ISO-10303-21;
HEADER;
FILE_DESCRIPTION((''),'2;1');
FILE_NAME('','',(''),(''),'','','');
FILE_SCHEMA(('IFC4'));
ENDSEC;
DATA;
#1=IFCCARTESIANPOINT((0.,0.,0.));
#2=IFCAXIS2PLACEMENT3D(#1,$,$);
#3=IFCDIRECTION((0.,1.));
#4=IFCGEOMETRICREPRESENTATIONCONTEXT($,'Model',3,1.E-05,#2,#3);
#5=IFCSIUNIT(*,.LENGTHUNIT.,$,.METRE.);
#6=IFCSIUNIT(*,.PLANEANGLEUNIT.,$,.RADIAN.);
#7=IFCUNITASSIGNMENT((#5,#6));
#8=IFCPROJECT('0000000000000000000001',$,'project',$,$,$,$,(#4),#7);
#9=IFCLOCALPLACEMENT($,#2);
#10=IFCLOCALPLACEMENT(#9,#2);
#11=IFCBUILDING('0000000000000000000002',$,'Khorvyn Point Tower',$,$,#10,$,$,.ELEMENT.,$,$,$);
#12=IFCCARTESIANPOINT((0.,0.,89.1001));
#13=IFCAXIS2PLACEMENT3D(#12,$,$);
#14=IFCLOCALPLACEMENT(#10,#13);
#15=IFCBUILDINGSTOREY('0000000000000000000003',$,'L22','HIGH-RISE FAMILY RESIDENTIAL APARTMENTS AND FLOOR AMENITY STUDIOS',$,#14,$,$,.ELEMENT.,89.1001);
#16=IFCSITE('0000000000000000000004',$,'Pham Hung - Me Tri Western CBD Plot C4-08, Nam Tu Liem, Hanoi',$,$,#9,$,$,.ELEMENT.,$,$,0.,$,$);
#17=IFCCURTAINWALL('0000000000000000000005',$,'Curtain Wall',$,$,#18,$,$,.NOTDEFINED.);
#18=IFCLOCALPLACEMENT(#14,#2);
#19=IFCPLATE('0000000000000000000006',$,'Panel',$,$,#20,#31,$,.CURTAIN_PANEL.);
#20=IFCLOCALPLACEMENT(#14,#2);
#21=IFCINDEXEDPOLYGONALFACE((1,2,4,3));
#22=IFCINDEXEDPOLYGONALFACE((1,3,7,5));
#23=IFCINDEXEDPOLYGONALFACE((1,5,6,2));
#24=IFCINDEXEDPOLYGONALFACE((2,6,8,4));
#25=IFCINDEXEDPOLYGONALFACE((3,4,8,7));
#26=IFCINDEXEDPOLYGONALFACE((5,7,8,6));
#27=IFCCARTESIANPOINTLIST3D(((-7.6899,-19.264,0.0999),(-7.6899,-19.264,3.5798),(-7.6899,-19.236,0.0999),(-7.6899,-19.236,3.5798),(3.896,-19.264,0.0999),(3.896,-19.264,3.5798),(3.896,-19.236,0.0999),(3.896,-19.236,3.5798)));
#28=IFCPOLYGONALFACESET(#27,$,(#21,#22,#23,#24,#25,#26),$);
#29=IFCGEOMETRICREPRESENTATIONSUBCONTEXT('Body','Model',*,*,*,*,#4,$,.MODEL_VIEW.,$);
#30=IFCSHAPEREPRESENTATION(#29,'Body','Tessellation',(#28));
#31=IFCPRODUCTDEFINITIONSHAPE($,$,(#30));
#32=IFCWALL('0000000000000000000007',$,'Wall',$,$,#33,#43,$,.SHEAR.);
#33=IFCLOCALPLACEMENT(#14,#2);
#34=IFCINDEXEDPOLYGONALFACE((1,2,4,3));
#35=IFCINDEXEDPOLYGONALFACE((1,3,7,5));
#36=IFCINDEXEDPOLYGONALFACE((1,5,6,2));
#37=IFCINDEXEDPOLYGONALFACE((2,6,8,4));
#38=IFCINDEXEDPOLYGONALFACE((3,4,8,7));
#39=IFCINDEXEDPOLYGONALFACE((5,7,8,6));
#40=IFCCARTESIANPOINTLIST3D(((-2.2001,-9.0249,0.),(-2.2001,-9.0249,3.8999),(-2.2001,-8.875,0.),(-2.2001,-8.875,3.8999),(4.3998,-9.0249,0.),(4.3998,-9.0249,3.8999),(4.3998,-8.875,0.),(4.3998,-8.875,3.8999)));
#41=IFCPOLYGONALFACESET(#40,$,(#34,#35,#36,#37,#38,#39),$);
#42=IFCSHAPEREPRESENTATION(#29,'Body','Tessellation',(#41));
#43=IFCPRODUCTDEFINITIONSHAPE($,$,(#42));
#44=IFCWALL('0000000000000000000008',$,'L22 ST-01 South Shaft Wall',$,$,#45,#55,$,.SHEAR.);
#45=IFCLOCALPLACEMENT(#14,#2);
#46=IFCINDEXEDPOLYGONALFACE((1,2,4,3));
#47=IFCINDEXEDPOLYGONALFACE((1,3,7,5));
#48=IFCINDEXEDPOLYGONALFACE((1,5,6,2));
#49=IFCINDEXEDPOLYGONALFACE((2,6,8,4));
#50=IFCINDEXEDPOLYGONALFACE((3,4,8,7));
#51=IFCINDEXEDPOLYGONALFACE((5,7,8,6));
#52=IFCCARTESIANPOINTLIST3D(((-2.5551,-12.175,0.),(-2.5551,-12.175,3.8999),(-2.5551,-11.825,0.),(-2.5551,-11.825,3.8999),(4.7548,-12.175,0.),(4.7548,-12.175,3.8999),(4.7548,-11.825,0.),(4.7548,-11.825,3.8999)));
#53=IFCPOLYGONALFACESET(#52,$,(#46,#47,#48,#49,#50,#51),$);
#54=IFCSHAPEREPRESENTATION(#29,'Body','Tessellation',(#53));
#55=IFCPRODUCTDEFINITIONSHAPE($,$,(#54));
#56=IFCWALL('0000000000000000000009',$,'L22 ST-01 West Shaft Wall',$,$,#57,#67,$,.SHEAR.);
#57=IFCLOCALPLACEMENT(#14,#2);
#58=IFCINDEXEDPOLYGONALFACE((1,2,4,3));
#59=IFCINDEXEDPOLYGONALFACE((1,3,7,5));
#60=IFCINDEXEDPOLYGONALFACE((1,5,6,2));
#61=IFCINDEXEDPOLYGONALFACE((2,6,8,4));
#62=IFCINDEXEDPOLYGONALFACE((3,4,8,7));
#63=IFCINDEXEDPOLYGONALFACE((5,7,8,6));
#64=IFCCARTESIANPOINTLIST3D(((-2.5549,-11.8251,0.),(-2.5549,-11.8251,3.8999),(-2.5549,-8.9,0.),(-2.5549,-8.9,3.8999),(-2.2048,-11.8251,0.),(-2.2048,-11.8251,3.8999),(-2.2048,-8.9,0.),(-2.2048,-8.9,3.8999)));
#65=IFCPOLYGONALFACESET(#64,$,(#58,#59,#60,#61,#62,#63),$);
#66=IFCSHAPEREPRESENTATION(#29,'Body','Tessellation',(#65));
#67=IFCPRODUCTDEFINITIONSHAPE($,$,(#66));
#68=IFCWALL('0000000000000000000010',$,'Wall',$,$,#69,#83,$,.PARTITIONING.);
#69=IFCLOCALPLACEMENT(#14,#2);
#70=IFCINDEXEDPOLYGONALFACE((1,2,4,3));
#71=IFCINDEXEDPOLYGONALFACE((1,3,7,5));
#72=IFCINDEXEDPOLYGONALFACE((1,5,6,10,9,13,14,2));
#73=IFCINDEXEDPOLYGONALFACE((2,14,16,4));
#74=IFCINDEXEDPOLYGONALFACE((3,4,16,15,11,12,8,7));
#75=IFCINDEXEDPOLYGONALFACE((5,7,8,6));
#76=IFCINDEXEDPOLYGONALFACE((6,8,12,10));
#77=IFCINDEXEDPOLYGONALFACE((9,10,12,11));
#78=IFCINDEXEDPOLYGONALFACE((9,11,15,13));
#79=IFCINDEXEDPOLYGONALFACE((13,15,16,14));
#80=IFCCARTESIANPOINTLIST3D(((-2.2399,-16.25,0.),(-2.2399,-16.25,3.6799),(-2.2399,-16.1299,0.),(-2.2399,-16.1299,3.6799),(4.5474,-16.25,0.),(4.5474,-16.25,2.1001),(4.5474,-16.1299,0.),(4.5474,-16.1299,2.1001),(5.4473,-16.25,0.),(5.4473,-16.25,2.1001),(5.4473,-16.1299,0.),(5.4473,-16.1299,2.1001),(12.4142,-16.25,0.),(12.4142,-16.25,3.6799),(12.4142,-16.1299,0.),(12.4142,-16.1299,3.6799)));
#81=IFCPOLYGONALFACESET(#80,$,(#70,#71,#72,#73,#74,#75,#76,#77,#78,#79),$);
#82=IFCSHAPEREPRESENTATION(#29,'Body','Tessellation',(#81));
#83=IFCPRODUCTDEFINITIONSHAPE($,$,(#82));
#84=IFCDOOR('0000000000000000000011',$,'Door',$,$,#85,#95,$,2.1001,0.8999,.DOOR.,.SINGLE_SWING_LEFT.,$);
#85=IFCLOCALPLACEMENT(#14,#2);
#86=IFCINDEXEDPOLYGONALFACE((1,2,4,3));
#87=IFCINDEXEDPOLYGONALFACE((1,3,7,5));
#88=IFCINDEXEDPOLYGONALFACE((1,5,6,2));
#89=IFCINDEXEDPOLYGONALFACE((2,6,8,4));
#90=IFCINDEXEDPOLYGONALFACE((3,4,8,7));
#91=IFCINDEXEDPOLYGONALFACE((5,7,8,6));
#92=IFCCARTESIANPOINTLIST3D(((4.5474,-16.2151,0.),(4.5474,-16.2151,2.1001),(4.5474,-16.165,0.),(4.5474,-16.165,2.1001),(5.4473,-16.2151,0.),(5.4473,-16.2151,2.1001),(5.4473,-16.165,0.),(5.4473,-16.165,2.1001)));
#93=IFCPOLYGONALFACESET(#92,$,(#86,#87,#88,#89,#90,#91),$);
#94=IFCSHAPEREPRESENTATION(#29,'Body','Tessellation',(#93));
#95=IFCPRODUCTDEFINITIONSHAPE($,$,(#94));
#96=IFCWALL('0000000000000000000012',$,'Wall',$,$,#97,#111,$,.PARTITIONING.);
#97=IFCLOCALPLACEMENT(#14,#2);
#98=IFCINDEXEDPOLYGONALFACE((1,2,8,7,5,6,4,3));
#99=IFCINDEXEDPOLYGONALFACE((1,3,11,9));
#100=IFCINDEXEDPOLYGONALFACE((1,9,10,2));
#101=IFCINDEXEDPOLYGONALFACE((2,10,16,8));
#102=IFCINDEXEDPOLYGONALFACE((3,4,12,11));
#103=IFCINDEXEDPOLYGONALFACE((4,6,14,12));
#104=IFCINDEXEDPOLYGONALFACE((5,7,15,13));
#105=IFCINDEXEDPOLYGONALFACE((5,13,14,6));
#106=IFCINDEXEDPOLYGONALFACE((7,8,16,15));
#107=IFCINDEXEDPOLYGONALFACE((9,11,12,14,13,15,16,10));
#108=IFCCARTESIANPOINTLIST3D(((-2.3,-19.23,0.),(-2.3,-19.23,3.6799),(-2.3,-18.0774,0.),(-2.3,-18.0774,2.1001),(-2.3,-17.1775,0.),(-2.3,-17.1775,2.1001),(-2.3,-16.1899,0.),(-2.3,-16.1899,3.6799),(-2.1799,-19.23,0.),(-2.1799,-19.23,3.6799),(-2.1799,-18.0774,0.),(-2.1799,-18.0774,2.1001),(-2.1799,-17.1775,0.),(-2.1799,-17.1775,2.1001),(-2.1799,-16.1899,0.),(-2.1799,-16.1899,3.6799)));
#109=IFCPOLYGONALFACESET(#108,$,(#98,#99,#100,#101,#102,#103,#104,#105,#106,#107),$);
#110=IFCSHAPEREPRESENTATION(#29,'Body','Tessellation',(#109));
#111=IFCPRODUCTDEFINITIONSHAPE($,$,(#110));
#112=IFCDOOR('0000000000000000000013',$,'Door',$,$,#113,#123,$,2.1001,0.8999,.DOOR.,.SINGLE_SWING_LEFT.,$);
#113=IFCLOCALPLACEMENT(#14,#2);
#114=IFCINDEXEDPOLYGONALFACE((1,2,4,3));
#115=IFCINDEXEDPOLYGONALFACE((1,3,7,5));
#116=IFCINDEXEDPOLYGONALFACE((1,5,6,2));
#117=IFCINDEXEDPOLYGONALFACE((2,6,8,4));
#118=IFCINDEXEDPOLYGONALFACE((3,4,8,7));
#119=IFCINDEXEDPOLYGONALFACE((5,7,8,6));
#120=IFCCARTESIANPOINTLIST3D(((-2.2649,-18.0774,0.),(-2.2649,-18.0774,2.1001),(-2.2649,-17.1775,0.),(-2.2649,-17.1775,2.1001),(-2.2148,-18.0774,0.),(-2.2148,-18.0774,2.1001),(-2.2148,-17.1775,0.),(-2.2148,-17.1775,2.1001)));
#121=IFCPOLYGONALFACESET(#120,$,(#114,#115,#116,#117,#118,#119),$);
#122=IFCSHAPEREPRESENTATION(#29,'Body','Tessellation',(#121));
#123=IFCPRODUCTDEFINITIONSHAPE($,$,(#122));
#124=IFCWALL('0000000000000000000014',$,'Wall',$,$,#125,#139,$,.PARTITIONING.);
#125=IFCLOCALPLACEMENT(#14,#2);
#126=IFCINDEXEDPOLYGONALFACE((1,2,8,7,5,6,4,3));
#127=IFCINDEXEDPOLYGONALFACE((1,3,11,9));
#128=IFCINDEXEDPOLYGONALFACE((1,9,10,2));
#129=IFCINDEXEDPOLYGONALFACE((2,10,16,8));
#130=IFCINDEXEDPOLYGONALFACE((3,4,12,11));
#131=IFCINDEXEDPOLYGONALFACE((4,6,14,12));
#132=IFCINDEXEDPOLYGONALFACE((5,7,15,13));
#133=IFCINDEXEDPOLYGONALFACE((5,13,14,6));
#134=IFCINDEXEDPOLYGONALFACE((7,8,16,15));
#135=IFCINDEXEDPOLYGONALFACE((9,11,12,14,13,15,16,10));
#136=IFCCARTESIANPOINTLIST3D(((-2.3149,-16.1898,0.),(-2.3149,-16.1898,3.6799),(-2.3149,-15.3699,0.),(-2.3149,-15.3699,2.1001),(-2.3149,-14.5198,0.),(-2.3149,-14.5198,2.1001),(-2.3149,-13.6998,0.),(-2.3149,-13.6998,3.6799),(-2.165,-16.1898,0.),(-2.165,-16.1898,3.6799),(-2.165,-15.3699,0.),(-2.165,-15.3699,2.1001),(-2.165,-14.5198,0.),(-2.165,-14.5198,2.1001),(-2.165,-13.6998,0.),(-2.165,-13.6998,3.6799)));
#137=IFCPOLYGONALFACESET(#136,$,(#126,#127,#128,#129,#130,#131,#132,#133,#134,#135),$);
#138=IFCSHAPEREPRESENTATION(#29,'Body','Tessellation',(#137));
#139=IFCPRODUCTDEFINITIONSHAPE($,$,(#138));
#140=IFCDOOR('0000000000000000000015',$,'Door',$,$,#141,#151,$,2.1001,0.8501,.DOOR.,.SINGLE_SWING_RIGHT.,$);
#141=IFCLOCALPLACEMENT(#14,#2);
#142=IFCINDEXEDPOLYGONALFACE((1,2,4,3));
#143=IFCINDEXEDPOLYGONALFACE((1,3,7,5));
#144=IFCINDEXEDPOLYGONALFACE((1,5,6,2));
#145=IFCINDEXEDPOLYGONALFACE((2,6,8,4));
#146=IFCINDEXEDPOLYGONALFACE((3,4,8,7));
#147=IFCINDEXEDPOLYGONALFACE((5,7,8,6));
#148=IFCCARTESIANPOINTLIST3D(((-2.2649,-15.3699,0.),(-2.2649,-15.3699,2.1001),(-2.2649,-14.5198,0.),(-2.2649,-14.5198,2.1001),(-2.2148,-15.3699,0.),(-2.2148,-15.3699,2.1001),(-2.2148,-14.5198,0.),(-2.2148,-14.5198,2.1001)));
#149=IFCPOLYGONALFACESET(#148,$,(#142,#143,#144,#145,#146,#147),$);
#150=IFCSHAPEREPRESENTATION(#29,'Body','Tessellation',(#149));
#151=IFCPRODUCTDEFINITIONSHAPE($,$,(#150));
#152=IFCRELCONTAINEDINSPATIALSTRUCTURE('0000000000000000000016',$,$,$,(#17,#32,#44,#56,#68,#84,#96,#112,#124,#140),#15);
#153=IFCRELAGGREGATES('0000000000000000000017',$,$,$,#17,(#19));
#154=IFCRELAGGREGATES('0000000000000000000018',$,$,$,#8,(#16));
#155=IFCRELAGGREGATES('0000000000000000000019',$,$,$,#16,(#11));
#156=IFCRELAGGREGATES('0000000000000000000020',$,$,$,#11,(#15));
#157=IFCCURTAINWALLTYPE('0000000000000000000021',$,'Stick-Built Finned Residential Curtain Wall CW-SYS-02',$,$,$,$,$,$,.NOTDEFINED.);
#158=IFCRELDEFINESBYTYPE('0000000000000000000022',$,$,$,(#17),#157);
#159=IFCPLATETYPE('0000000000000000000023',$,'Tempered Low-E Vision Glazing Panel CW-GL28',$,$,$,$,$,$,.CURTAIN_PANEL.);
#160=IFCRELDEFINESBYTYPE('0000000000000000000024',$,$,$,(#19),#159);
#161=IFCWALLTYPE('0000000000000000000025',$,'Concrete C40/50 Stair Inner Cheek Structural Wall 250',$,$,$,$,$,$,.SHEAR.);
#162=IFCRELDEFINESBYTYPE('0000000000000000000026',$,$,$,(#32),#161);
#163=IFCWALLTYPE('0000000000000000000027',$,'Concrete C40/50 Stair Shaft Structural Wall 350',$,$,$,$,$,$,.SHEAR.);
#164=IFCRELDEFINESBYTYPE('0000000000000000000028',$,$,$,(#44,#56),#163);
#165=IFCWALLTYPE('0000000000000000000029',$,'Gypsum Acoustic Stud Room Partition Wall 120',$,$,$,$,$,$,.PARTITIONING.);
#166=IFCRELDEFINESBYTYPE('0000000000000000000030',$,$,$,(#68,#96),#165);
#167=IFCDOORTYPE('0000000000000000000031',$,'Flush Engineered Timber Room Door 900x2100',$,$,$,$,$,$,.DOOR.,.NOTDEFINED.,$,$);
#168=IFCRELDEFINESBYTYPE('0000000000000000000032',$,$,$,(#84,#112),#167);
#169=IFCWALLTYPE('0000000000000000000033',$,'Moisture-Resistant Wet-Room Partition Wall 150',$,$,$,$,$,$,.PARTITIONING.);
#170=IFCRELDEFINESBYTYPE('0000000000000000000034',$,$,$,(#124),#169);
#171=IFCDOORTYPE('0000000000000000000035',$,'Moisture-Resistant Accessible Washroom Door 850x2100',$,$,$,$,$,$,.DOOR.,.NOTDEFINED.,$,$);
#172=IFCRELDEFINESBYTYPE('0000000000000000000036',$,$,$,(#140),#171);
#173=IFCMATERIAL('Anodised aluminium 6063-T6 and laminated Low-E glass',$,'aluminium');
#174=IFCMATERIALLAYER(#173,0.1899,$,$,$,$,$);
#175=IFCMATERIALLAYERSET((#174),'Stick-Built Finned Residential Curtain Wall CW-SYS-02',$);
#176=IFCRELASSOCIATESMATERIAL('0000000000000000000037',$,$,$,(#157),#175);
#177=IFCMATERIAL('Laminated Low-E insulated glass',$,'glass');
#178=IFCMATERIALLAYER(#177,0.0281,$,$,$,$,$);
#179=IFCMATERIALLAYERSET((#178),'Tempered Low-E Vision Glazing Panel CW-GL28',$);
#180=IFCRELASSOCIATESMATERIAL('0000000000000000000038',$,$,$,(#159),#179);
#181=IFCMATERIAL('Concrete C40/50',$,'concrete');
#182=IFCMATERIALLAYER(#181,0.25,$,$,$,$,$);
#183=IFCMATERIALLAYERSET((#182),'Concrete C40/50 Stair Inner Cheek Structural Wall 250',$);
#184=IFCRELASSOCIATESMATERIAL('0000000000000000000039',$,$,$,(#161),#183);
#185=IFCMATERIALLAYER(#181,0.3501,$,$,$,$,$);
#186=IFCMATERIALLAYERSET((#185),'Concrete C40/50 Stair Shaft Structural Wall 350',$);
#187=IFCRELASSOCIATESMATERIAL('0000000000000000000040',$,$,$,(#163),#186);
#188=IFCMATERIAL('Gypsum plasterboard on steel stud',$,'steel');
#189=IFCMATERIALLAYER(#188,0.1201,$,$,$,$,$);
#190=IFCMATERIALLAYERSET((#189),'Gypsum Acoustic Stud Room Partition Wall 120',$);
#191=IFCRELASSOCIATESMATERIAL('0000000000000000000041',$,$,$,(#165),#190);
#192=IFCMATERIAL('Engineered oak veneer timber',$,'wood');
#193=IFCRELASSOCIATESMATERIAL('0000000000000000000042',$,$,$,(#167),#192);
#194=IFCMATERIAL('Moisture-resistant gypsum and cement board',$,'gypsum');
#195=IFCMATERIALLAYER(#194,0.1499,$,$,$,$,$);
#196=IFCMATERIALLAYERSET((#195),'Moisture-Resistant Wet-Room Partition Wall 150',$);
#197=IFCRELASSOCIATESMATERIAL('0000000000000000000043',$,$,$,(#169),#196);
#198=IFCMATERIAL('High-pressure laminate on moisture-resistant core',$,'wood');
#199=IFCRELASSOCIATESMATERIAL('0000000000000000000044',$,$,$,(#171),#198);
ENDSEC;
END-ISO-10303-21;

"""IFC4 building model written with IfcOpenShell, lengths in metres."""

from ifc_helpers import new_model, si_unit, direction, frame, frame_2d, origin, origin_2d, place, context, subcontext, project, spatial, rectangle, extrude, material, layer, layer_set, type_object, element, fill, aggregate, save


model = new_model("IFC4")

# Units and contexts
model_context = context("Model", 3, precision=1e-05, world=origin(), true_north=direction((0.0, 1.0)))
body_context = subcontext(model_context, "Body", "Model", "MODEL_VIEW")
ifc_project = project(units=[si_unit("LENGTHUNIT", "METRE"), si_unit("PLANEANGLEUNIT", "RADIAN")], contexts=[model_context])

# Site, building, storey
site_placement = place(None, origin())
site = spatial("IfcSite", under=ifc_project, at=site_placement, Name="Pham Hung - Me Tri Western CBD Plot C4-08, Nam Tu Liem, Hanoi", CompositionType="ELEMENT", RefElevation=0.0)
building_placement = place(site_placement, origin())
building = spatial("IfcBuilding", under=site, at=building_placement, Name="Khorvyn Point Tower", CompositionType="ELEMENT")
storey_placement = place(building_placement, frame((0.0, 0.0, 89.1001)))
storey = spatial("IfcBuildingStorey", under=building, at=storey_placement, Name="L22", Description="HIGH-RISE FAMILY RESIDENTIAL APARTMENTS AND FLOOR AMENITY STUDIOS", CompositionType="ELEMENT", Elevation=89.1001)

# Curtain wall
ifc_material_1 = material(Name="Anodised aluminium 6063-T6 and laminated Low-E glass", Category="aluminium")
ifc_layer_1 = layer(ifc_material_1, 0.1899)
ifc_layer_set_1 = layer_set([ifc_layer_1], Name="Stick-Built Finned Residential Curtain Wall CW-SYS-02")
curtain_wall_type = type_object("IfcCurtainWallType", Name="Stick-Built Finned Residential Curtain Wall CW-SYS-02", PredefinedType="NOTDEFINED", material=ifc_layer_set_1)
curtain_wall_placement = place(storey_placement, origin())
curtain_wall = element("IfcCurtainWall", 1, at=curtain_wall_placement, inside=storey, type_object=curtain_wall_type, Name="Curtain Wall", PredefinedType="NOTDEFINED")

# Plate
ifc_material_2 = material(Name="Laminated Low-E insulated glass", Category="glass")
ifc_layer_2 = layer(ifc_material_2, 0.0281)
ifc_layer_set_2 = layer_set([ifc_layer_2], Name="Tempered Low-E Vision Glazing Panel CW-GL28")
plate_type = type_object("IfcPlateType", Name="Tempered Low-E Vision Glazing Panel CW-GL28", PredefinedType="CURTAIN_PANEL", material=ifc_layer_set_2)
plate_1_placement = place(storey_placement, frame((-1.897, -19.25, 0.0999), z_axis=(0.0, 0.0, 1.0), x_axis=(-1.0, 0.0, 0.0)))
plate_1 = element("IfcPlate", 2, at=plate_1_placement, type_object=plate_type, Name="Panel", PredefinedType="CURTAIN_PANEL", context=body_context, shape_type="SweptSolid", body=[
    extrude(rectangle(XDim=11.5859, YDim=0.0281, at=origin_2d()), origin(), (0.0, 0.0, 1.0), 3.48),
])
aggregate(curtain_wall, [plate_1])

# Shared definitions
ifc_material_3 = material(Name="Concrete C40/50", Category="concrete")

# Walls
ifc_layer_3 = layer(ifc_material_3, 0.25)
ifc_layer_set_3 = layer_set([ifc_layer_3], Name="Concrete C40/50 Stair Inner Cheek Structural Wall 250")
wall_type_1 = type_object("IfcWallType", Name="Concrete C40/50 Stair Inner Cheek Structural Wall 250", PredefinedType="SHEAR", material=ifc_layer_set_3)
wall_1_placement = place(storey_placement, frame((-2.2, -8.95, 0.0), z_axis=(0.0, 0.0, 1.0), x_axis=(1.0, 0.0, 0.0)))
element("IfcWall", 3, at=wall_1_placement, inside=storey, type_object=wall_type_1, Name="Wall", PredefinedType="SHEAR", context=body_context, shape_type="SweptSolid", body=[
    extrude(rectangle(XDim=6.5999, YDim=0.1499, at=frame_2d((3.2998, 0.0))), origin(), (0.0, 0.0, 1.0), 3.8999),
])
ifc_layer_4 = layer(ifc_material_3, 0.3501)
ifc_layer_set_4 = layer_set([ifc_layer_4], Name="Concrete C40/50 Stair Shaft Structural Wall 350")
wall_type_2 = type_object("IfcWallType", Name="Concrete C40/50 Stair Shaft Structural Wall 350", PredefinedType="SHEAR", material=ifc_layer_set_4)
wall_2_placement = place(storey_placement, frame((-2.5549, -12.0, 0.0), z_axis=(0.0, 0.0, 1.0), x_axis=(1.0, 0.0, 0.0)))
element("IfcWall", 4, at=wall_2_placement, inside=storey, type_object=wall_type_2, Name="L22 ST-01 South Shaft Wall", PredefinedType="SHEAR", context=body_context, shape_type="SweptSolid", body=[
    extrude(rectangle(XDim=7.3098, YDim=0.3501, at=frame_2d((3.6548, 0.0))), origin(), (0.0, 0.0, 1.0), 3.8999),
])
wall_3_placement = place(storey_placement, frame((-2.3799, -11.825, 0.0), z_axis=(0.0, 0.0, 1.0), x_axis=(0.0, 1.0, 0.0)))
element("IfcWall", 5, at=wall_3_placement, inside=storey, type_object=wall_type_2, Name="L22 ST-01 West Shaft Wall", PredefinedType="SHEAR", context=body_context, shape_type="SweptSolid", body=[
    extrude(rectangle(XDim=2.925, YDim=0.3501, at=frame_2d((1.4624, 0.0))), origin(), (0.0, 0.0, 1.0), 3.8999),
])

# Walls, openings, doors
ifc_material_4 = material(Name="Gypsum plasterboard on steel stud", Category="steel")
ifc_layer_5 = layer(ifc_material_4, 0.1201)
ifc_layer_set_5 = layer_set([ifc_layer_5], Name="Gypsum Acoustic Stud Room Partition Wall 120")
wall_type_3 = type_object("IfcWallType", Name="Gypsum Acoustic Stud Room Partition Wall 120", PredefinedType="PARTITIONING", material=ifc_layer_set_5)
wall_4_placement = place(storey_placement, frame((-2.24, -16.1899, 0.0), z_axis=(0.0, 0.0, 1.0), x_axis=(1.0, 0.0, 0.0)))
wall_4 = element("IfcWall", 6, at=wall_4_placement, inside=storey, type_object=wall_type_3, Name="Wall", PredefinedType="PARTITIONING", context=body_context, shape_type="SweptSolid", body=[
    extrude(rectangle(XDim=14.6541, YDim=0.1201, at=frame_2d((7.3271, 0.0))), origin(), (0.0, 0.0, 1.0), 3.6799),
])
opening_1_placement = place(wall_4_placement, frame((6.7874, 0.0, 0.0)))
opening_1 = element("IfcOpeningElement", 7, at=opening_1_placement, cuts=wall_4, PredefinedType="OPENING", context=body_context, shape_type="SweptSolid", body=[
    extrude(rectangle(XDim=0.8999, YDim=2.1001, at=frame_2d((0.45, 1.05))), frame((0.0, 0.0701, 0.0), z_axis=(0.0, -1.0, 0.0), x_axis=(1.0, 0.0, 0.0)), (0.0, 0.0, 1.0), 0.1401),
])
ifc_material_5 = material(Name="Engineered oak veneer timber", Category="wood")
door_type_1 = type_object("IfcDoorType", Name="Flush Engineered Timber Room Door 900x2100", OperationType="NOTDEFINED", PredefinedType="DOOR", material=ifc_material_5)
door_1_placement = place(opening_1_placement, origin())
door_1 = element("IfcDoor", 8, at=door_1_placement, inside=storey, type_object=door_type_1, Name="Door", OperationType="SINGLE_SWING_LEFT", OverallHeight=2.1001, OverallWidth=0.8999, PredefinedType="DOOR", context=body_context, shape_type="SweptSolid", body=[
    extrude(rectangle(XDim=0.8999, YDim=2.1001, at=frame_2d((0.45, 1.05))), frame((0.0, 0.0249, 0.0), z_axis=(0.0, -1.0, 0.0), x_axis=(1.0, 0.0, 0.0)), (0.0, 0.0, 1.0), 0.05),
])
fill(opening_1, door_1)
wall_5_placement = place(storey_placement, frame((-2.24, -19.23, 0.0), z_axis=(0.0, 0.0, 1.0), x_axis=(0.0, 1.0, 0.0)))
wall_5 = element("IfcWall", 9, at=wall_5_placement, inside=storey, type_object=wall_type_3, Name="Wall", PredefinedType="PARTITIONING", context=body_context, shape_type="SweptSolid", body=[
    extrude(rectangle(XDim=3.04, YDim=0.1201, at=frame_2d((1.52, 0.0))), origin(), (0.0, 0.0, 1.0), 3.6799),
])
opening_2_placement = place(wall_5_placement, frame((1.1526, 0.0, 0.0)))
opening_2 = element("IfcOpeningElement", 10, at=opening_2_placement, cuts=wall_5, PredefinedType="OPENING", context=body_context, shape_type="SweptSolid", body=[
    extrude(rectangle(XDim=0.8999, YDim=2.1001, at=frame_2d((0.45, 1.05))), frame((0.0, 0.0701, 0.0), z_axis=(0.0, -1.0, 0.0), x_axis=(1.0, 0.0, 0.0)), (0.0, 0.0, 1.0), 0.1401),
])
door_2_placement = place(opening_2_placement, origin())
door_2 = element("IfcDoor", 11, at=door_2_placement, inside=storey, type_object=door_type_1, Name="Door", OperationType="SINGLE_SWING_LEFT", OverallHeight=2.1001, OverallWidth=0.8999, PredefinedType="DOOR", context=body_context, shape_type="SweptSolid", body=[
    extrude(rectangle(XDim=0.8999, YDim=2.1001, at=frame_2d((0.45, 1.05))), frame((0.0, 0.0249, 0.0), z_axis=(0.0, -1.0, 0.0), x_axis=(1.0, 0.0, 0.0)), (0.0, 0.0, 1.0), 0.05),
])
fill(opening_2, door_2)
ifc_material_6 = material(Name="Moisture-resistant gypsum and cement board", Category="gypsum")
ifc_layer_6 = layer(ifc_material_6, 0.1499)
ifc_layer_set_6 = layer_set([ifc_layer_6], Name="Moisture-Resistant Wet-Room Partition Wall 150")
wall_type_4 = type_object("IfcWallType", Name="Moisture-Resistant Wet-Room Partition Wall 150", PredefinedType="PARTITIONING", material=ifc_layer_set_6)
wall_6_placement = place(storey_placement, frame((-2.24, -16.1899, 0.0), z_axis=(0.0, 0.0, 1.0), x_axis=(0.0, 1.0, 0.0)))
wall_6 = element("IfcWall", 12, at=wall_6_placement, inside=storey, type_object=wall_type_4, Name="Wall", PredefinedType="PARTITIONING", context=body_context, shape_type="SweptSolid", body=[
    extrude(rectangle(XDim=2.49, YDim=0.1499, at=frame_2d((1.2451, 0.0))), origin(), (0.0, 0.0, 1.0), 3.6799),
])
opening_3_placement = place(wall_6_placement, frame((0.8201, 0.0, 0.0)))
opening_3 = element("IfcOpeningElement", 13, at=opening_3_placement, cuts=wall_6, PredefinedType="OPENING", context=body_context, shape_type="SweptSolid", body=[
    extrude(rectangle(XDim=0.8501, YDim=2.1001, at=frame_2d((0.425, 1.05))), frame((0.0, 0.085, 0.0), z_axis=(0.0, -1.0, 0.0), x_axis=(1.0, 0.0, 0.0)), (0.0, 0.0, 1.0), 0.1699),
])
ifc_material_7 = material(Name="High-pressure laminate on moisture-resistant core", Category="wood")
door_type_2 = type_object("IfcDoorType", Name="Moisture-Resistant Accessible Washroom Door 850x2100", OperationType="NOTDEFINED", PredefinedType="DOOR", material=ifc_material_7)
door_3_placement = place(opening_3_placement, origin())
door_3 = element("IfcDoor", 14, at=door_3_placement, inside=storey, type_object=door_type_2, Name="Door", OperationType="SINGLE_SWING_RIGHT", OverallHeight=2.1001, OverallWidth=0.8501, PredefinedType="DOOR", context=body_context, shape_type="SweptSolid", body=[
    extrude(rectangle(XDim=0.8501, YDim=2.1001, at=frame_2d((0.425, 1.05))), frame((0.0, 0.0249, 0.0), z_axis=(0.0, -1.0, 0.0), x_axis=(1.0, 0.0, 0.0)), (0.0, 0.0, 1.0), 0.05),
])
fill(opening_3, door_3)

save(model, "model.ifc")
